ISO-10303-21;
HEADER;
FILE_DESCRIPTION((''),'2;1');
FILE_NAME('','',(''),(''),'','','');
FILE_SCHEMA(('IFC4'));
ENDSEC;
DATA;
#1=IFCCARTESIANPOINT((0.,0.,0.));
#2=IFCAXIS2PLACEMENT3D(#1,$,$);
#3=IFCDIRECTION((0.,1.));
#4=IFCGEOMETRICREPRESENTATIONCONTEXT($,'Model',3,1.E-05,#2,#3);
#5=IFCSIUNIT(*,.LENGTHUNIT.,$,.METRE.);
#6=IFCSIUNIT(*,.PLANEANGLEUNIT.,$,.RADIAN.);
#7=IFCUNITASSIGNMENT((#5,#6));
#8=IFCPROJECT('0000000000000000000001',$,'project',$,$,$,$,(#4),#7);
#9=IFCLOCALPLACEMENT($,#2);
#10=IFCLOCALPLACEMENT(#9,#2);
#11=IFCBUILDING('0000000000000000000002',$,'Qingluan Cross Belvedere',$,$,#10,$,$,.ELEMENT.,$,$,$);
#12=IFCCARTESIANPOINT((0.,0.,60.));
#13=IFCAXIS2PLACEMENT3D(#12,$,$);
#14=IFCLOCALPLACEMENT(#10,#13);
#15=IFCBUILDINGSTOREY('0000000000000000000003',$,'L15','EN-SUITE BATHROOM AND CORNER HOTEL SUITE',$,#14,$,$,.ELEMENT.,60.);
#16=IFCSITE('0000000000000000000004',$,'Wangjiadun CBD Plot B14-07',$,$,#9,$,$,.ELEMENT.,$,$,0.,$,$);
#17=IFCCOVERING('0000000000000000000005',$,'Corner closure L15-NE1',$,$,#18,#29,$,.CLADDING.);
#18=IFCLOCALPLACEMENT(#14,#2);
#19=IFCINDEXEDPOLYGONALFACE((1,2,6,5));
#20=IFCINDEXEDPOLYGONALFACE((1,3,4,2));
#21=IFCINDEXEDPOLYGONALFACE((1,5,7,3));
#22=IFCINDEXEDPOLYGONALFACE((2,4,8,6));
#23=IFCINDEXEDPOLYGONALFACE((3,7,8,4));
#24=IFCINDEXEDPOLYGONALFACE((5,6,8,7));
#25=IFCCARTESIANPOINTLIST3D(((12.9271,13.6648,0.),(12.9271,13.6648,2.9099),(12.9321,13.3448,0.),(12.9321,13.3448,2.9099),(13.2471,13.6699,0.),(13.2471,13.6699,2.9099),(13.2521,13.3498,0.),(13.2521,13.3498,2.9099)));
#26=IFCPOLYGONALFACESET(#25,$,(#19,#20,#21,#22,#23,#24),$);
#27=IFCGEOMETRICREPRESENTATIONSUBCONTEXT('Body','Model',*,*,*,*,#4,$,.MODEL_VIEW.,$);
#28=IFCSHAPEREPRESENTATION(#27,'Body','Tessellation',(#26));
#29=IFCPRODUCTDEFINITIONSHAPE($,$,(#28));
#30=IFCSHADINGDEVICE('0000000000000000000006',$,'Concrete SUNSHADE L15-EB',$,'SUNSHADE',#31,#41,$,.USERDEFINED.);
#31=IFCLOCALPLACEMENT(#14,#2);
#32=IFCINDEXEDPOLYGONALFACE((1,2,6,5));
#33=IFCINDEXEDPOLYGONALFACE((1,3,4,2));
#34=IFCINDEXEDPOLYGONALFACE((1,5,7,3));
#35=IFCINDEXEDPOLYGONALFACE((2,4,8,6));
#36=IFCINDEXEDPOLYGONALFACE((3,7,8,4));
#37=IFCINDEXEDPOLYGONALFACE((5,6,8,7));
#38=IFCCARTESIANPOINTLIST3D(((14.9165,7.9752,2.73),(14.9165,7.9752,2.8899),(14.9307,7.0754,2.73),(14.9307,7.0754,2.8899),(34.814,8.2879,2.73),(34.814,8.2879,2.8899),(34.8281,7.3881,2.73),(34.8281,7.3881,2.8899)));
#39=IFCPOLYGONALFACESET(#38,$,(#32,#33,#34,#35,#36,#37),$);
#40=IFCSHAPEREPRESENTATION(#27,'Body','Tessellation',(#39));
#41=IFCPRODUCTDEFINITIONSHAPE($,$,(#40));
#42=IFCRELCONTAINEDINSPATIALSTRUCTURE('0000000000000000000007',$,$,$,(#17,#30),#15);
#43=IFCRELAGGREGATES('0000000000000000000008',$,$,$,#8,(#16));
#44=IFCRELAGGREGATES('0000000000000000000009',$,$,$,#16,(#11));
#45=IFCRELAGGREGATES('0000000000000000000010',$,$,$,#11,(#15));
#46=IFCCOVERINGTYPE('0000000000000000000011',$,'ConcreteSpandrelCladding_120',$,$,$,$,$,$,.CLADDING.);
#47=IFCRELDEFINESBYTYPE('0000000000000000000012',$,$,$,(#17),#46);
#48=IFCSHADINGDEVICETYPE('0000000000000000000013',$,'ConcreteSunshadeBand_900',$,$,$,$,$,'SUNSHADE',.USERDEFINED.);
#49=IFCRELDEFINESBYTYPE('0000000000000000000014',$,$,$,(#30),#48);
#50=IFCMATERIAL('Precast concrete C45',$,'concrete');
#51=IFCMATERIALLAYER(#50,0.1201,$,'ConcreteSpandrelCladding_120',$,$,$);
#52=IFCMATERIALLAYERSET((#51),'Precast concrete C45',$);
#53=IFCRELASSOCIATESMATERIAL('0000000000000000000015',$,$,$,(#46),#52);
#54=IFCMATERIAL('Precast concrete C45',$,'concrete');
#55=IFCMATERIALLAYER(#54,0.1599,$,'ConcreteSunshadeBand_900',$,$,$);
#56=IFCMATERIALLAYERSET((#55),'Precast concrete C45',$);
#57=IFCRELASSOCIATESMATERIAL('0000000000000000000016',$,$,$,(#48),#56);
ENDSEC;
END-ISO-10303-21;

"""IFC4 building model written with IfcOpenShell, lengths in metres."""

from ifc_helpers import new_model, si_unit, direction, frame, origin, origin_2d, place, context, subcontext, project, spatial, rectangle, extrude, material, layer, layer_set, type_object, element, save


model = new_model("IFC4")

# Units and contexts
model_context = context("Model", 3, precision=1e-05, world=origin(), true_north=direction((0.0, 1.0)))
body_context = subcontext(model_context, "Body", "Model", "MODEL_VIEW")
ifc_project = project(units=[si_unit("LENGTHUNIT", "METRE"), si_unit("PLANEANGLEUNIT", "RADIAN")], contexts=[model_context])

# Site, building, storey
site_placement = place(None, origin())
site = spatial("IfcSite", under=ifc_project, at=site_placement, Name="Wangjiadun CBD Plot B14-07", CompositionType="ELEMENT", RefElevation=0.0)
building_placement = place(site_placement, origin())
building = spatial("IfcBuilding", under=site, at=building_placement, Name="Qingluan Cross Belvedere", CompositionType="ELEMENT")
storey_placement = place(building_placement, frame((0.0, 0.0, 60.0)))
storey = spatial("IfcBuildingStorey", under=building, at=storey_placement, Name="L15", Description="EN-SUITE BATHROOM AND CORNER HOTEL SUITE", CompositionType="ELEMENT", Elevation=60.0)

# Covering
ifc_material_1 = material(Name="Precast concrete C45", Category="concrete")
ifc_layer_1 = layer(ifc_material_1, 0.1201, Name="ConcreteSpandrelCladding_120")
ifc_layer_set_1 = layer_set([ifc_layer_1], Name="Precast concrete C45")
covering_type = type_object("IfcCoveringType", Name="ConcreteSpandrelCladding_120", PredefinedType="CLADDING", material=ifc_layer_set_1)
covering_1_placement = place(storey_placement, frame((13.0896, 13.5073, 0.0), z_axis=(0.0, 0.0, 1.0), x_axis=(0.999877, 0.015707, 0.0)))
element("IfcCovering", 1, at=covering_1_placement, inside=storey, type_object=covering_type, Name="Corner closure L15-NE1", PredefinedType="CLADDING", context=body_context, shape_type="SweptSolid", body=[
    extrude(rectangle(XDim=0.3201, YDim=0.3201, at=origin_2d()), origin(), (0.0, 0.0, 1.0), 2.9099),
])

# Shading device
ifc_material_2 = material(Name="Precast concrete C45", Category="concrete")
ifc_layer_2 = layer(ifc_material_2, 0.1599, Name="ConcreteSunshadeBand_900")
ifc_layer_set_2 = layer_set([ifc_layer_2], Name="Precast concrete C45")
shading_device_type = type_object("IfcShadingDeviceType", Name="ConcreteSunshadeBand_900", ElementType="SUNSHADE", PredefinedType="USERDEFINED", material=ifc_layer_set_2)
shading_device_placement = place(storey_placement, frame((24.8723, 7.6816, 2.73), z_axis=(0.0, 0.0, 1.0), x_axis=(-0.999877, -0.015711, 0.0)))
element("IfcShadingDevice", 2, at=shading_device_placement, inside=storey, type_object=shading_device_type, Name="Concrete SUNSHADE L15-EB", ObjectType="SUNSHADE", PredefinedType="USERDEFINED", context=body_context, shape_type="SweptSolid", body=[
    extrude(rectangle(XDim=19.8999, YDim=0.8999, at=origin_2d()), origin(), (0.0, 0.0, 1.0), 0.1599),
])

save(model, "model.ifc")
